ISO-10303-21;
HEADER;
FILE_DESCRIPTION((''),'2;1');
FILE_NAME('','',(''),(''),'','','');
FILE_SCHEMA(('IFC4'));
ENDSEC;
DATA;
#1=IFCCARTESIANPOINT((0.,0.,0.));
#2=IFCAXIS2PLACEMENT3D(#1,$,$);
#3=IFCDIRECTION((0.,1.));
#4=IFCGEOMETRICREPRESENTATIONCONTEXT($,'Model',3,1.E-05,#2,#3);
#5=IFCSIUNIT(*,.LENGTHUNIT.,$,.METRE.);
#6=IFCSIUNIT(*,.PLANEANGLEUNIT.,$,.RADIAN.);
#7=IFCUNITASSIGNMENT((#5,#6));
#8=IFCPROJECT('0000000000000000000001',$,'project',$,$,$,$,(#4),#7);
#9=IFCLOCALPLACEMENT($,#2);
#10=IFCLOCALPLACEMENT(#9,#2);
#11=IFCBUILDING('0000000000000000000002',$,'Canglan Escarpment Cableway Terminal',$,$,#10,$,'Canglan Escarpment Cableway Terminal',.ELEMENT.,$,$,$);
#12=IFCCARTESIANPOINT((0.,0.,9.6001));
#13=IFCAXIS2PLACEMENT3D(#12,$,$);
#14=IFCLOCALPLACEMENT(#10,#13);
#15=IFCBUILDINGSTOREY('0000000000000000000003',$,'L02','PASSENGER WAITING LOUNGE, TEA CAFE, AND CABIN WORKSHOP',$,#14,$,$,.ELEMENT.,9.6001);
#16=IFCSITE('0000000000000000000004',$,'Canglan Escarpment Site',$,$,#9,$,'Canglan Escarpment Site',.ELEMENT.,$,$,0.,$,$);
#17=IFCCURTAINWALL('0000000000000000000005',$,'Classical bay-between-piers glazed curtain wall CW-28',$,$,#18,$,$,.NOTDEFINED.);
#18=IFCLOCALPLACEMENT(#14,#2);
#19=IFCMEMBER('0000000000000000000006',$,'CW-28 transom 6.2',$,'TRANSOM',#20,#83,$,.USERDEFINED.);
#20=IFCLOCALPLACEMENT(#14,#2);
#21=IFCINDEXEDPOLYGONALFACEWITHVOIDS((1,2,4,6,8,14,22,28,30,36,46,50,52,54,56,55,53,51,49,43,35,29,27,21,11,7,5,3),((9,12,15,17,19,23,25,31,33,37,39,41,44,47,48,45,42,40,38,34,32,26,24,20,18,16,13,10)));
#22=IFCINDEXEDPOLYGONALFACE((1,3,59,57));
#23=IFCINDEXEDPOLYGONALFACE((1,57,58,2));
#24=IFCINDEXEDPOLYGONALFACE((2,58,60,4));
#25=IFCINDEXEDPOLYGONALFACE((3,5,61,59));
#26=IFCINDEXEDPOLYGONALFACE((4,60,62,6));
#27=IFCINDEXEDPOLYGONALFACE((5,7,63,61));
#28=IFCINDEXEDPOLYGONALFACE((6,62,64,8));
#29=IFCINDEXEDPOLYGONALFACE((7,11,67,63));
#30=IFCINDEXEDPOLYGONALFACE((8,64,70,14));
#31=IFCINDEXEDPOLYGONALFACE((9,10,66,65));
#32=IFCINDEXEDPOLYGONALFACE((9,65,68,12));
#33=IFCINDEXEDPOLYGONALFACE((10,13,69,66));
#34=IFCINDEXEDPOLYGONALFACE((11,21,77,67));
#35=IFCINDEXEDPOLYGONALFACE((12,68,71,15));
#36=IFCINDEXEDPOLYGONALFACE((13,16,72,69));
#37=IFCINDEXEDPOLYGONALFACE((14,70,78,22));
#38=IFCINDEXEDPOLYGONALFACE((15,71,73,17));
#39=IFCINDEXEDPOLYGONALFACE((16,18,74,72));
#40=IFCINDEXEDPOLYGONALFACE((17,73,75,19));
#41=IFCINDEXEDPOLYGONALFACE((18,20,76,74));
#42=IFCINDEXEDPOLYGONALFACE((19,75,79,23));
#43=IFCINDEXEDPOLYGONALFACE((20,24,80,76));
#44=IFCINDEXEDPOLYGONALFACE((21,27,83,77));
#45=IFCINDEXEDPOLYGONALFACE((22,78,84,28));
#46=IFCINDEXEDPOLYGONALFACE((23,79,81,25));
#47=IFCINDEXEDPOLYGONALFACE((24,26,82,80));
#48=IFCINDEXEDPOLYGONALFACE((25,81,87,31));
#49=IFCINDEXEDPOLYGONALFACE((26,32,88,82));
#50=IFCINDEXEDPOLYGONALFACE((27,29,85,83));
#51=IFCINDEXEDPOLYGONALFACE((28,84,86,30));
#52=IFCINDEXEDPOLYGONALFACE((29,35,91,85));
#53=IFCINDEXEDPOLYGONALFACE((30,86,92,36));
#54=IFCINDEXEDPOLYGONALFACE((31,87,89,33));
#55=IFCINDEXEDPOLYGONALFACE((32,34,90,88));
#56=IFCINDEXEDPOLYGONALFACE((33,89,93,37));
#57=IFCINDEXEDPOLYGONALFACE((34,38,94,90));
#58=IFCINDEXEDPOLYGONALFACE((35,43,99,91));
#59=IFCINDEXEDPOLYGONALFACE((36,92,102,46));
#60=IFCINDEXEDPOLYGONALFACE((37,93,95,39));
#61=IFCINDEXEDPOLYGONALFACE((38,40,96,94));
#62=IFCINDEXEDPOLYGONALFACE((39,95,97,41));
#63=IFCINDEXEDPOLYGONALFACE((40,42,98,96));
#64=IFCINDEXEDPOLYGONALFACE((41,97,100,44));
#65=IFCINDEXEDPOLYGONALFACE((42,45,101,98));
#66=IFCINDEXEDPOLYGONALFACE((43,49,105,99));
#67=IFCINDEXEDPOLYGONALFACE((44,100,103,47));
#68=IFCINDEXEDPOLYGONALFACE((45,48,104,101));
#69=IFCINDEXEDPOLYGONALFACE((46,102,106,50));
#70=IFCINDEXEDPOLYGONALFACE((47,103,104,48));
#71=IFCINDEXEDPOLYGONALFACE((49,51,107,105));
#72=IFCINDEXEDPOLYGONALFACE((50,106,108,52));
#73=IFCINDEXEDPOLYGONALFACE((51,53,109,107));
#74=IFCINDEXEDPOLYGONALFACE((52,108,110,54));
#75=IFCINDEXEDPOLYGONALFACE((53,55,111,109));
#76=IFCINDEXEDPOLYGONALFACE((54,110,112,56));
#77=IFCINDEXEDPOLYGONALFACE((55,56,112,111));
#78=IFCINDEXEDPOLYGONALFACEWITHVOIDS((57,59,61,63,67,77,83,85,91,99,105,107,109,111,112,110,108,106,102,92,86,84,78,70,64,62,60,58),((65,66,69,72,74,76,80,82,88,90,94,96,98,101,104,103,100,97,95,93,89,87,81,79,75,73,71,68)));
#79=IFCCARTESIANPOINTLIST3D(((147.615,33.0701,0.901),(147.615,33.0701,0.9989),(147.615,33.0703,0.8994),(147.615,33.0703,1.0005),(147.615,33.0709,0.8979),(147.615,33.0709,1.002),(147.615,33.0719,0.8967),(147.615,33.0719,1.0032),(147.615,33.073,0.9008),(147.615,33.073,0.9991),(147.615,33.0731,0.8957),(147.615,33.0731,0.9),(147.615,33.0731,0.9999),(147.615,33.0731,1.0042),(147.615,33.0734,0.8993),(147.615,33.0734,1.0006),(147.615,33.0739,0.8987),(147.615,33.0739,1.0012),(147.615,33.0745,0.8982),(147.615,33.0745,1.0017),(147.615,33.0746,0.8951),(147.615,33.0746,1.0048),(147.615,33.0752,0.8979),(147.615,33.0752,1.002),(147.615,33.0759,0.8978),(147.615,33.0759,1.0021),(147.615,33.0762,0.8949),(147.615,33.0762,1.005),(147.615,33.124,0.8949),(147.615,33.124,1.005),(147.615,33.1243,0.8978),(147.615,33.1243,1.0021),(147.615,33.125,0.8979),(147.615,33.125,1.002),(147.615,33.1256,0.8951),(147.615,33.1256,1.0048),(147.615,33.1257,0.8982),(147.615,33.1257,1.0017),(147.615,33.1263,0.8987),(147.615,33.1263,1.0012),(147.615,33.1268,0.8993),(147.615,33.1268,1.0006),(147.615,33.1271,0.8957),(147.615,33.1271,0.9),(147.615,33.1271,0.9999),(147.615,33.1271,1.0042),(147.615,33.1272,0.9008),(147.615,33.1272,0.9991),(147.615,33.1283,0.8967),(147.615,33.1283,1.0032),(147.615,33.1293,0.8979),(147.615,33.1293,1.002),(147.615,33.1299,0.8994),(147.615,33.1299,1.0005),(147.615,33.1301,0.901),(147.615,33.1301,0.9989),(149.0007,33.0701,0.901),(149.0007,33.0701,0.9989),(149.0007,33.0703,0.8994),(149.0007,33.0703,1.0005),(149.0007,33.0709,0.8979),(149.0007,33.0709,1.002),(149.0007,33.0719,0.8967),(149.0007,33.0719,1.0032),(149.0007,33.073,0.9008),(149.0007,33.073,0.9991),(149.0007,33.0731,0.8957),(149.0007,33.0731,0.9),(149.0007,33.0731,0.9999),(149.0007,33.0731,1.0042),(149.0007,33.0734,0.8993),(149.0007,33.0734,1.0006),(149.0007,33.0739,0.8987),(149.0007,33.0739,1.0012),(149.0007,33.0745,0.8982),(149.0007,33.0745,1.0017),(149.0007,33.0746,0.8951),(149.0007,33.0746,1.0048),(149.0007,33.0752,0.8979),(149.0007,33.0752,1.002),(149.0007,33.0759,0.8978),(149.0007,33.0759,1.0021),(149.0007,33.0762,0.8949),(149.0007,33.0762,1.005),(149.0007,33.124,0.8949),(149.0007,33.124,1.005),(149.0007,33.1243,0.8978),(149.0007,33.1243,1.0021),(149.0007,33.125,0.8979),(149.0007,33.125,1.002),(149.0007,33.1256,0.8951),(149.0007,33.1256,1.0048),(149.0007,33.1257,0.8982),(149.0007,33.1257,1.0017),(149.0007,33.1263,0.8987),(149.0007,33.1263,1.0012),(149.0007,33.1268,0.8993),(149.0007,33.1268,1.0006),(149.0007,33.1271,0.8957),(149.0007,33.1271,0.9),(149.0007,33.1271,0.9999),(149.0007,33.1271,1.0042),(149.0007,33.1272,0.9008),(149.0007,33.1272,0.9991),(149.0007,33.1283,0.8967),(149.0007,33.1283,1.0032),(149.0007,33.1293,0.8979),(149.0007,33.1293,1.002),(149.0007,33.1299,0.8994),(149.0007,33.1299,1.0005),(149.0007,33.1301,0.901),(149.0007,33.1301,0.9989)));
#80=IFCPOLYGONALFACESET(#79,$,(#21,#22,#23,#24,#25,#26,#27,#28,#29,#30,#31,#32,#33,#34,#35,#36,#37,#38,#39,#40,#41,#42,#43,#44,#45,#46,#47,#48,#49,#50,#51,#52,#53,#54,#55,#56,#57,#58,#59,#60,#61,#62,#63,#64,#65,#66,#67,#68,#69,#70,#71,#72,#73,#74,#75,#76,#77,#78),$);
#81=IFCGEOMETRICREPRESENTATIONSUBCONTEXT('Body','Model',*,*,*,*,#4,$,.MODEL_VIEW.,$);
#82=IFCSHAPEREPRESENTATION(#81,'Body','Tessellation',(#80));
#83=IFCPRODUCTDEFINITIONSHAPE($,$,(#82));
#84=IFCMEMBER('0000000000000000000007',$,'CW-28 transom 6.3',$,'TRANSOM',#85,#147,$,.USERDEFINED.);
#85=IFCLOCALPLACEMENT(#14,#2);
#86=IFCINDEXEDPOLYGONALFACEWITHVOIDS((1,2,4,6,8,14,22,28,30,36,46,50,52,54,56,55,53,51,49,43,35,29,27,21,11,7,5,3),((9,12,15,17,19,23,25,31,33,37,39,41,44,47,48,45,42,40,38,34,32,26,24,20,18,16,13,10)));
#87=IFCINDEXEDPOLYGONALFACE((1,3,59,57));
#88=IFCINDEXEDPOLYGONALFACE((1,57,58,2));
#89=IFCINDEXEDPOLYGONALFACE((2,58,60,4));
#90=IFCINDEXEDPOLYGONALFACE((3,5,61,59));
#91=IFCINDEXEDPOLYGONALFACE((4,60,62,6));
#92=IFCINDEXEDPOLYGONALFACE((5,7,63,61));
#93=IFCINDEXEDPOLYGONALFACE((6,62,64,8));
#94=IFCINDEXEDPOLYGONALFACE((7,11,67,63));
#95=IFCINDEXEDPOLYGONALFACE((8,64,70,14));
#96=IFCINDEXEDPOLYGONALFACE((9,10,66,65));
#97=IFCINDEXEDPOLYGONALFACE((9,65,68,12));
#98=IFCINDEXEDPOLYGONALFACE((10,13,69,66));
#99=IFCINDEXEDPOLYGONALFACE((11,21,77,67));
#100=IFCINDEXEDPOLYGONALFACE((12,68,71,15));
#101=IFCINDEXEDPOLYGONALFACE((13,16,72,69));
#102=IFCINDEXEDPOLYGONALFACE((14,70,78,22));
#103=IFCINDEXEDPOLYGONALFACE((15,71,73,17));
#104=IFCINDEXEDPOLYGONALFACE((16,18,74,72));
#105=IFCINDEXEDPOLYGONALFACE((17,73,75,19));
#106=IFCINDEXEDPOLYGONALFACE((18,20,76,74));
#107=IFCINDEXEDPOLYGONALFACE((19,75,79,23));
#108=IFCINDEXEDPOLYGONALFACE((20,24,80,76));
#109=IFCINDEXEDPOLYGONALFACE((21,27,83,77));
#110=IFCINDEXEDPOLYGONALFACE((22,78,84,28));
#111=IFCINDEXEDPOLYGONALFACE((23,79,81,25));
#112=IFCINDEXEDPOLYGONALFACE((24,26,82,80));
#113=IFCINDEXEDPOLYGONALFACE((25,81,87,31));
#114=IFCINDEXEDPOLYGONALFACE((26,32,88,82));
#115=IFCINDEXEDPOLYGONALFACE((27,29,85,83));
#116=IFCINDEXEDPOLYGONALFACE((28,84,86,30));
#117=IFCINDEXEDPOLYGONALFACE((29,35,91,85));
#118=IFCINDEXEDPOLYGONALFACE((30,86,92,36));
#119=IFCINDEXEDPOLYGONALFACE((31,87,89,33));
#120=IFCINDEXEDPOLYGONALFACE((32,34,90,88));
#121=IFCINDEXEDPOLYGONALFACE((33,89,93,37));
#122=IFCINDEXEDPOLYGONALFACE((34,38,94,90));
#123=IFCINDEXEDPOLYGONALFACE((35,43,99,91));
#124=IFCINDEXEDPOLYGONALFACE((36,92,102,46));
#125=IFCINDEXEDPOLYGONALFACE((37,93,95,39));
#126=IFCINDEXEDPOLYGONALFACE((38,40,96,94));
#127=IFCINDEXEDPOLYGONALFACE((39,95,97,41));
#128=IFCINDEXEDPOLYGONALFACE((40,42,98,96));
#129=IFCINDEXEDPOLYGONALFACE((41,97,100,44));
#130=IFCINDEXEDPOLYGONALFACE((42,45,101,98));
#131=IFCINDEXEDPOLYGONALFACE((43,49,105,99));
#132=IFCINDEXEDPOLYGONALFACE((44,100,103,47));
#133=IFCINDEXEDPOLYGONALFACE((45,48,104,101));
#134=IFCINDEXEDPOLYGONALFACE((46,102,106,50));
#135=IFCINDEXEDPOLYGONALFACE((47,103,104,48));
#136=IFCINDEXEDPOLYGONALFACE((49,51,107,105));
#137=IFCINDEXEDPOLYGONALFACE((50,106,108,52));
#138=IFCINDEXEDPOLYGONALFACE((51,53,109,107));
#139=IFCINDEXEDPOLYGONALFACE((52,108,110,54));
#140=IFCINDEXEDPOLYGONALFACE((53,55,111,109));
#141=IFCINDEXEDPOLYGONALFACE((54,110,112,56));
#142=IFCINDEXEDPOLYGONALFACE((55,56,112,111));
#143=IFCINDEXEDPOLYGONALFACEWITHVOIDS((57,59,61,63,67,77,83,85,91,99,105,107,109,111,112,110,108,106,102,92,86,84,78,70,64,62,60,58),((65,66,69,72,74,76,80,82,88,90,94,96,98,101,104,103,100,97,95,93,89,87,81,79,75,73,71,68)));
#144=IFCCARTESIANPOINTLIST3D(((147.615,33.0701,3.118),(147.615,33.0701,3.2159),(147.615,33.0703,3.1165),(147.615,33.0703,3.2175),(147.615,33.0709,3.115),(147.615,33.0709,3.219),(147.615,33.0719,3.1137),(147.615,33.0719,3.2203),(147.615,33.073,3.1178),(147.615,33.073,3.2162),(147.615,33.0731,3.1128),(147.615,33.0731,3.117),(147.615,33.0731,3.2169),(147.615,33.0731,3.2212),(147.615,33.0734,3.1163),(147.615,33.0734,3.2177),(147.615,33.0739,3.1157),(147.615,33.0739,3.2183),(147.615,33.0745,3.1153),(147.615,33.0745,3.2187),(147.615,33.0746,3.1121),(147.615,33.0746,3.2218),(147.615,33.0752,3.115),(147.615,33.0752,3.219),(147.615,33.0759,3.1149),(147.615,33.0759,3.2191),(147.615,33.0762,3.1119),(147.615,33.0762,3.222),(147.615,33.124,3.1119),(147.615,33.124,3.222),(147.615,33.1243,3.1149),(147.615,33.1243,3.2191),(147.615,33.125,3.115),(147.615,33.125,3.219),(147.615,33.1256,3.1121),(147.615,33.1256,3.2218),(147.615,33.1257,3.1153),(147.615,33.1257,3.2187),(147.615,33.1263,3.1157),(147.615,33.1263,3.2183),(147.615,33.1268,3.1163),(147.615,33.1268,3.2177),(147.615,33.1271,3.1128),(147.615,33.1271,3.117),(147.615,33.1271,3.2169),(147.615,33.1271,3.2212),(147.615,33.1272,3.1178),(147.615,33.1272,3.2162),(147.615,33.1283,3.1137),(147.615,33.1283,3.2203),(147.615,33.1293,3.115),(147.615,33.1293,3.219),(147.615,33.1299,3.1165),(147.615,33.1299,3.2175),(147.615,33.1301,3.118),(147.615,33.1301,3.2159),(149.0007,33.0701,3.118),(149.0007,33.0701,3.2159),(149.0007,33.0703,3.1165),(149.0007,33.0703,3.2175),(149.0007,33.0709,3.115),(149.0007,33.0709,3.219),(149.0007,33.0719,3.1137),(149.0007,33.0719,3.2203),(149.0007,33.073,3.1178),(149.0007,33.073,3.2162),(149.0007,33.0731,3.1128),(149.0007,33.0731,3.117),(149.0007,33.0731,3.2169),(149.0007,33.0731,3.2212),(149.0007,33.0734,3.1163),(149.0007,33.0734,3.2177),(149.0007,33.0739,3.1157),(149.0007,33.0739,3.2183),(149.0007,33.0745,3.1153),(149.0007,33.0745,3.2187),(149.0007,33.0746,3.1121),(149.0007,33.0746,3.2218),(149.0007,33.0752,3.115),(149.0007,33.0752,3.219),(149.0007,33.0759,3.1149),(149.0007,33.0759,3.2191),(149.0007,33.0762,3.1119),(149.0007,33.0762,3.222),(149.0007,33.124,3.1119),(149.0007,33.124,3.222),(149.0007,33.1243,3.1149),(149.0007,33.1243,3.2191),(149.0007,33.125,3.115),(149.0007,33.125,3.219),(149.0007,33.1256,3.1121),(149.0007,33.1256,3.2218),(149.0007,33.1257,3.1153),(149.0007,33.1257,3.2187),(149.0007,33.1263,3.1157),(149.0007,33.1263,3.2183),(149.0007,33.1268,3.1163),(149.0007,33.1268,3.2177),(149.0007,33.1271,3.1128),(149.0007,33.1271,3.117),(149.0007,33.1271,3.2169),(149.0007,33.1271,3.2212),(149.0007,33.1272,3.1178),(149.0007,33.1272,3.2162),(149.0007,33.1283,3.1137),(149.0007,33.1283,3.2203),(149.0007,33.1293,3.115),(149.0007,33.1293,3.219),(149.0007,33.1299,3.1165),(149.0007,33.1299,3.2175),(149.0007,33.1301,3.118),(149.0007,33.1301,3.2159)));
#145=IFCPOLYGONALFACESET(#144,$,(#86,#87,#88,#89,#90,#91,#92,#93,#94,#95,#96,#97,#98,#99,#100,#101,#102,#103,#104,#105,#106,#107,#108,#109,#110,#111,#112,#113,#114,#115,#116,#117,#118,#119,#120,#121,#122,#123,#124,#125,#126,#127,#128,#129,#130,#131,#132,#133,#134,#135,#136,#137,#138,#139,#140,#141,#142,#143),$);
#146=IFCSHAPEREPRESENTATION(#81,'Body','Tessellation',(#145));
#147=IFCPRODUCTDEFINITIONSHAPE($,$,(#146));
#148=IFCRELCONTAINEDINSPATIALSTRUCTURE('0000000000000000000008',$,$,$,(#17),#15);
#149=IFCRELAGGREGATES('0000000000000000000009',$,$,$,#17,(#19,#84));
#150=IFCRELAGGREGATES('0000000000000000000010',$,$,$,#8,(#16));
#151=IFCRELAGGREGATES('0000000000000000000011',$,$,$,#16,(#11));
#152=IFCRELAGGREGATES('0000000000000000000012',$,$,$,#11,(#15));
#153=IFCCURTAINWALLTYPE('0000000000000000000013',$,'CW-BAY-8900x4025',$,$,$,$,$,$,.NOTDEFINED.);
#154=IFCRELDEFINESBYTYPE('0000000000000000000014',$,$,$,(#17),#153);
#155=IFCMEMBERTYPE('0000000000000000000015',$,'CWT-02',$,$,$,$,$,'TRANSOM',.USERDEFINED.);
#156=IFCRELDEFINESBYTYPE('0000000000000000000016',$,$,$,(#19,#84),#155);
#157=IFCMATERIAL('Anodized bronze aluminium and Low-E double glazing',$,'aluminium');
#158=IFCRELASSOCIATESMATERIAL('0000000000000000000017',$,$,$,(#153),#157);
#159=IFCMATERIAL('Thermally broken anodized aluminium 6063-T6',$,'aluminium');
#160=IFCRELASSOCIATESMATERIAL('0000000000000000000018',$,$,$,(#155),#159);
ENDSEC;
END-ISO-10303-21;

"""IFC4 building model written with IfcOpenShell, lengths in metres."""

from ifc_helpers import new_model, si_unit, direction, frame, origin, origin_2d, place, context, subcontext, project, spatial, hollow_rectangle, extrude, material, material_profile, profile_set, type_object, element, aggregate, save


model = new_model("IFC4")

# Units and contexts
model_context = context("Model", 3, precision=1e-05, world=origin(), true_north=direction((0.0, 1.0)))
body_context = subcontext(model_context, "Body", "Model", "MODEL_VIEW")
ifc_project = project(units=[si_unit("LENGTHUNIT", "METRE"), si_unit("PLANEANGLEUNIT", "RADIAN")], contexts=[model_context])

# Site, building, storey
site_placement = place(None, origin())
site = spatial("IfcSite", under=ifc_project, at=site_placement, Name="Canglan Escarpment Site", LongName="Canglan Escarpment Site", CompositionType="ELEMENT", RefElevation=0.0)
building_placement = place(site_placement, origin())
building = spatial("IfcBuilding", under=site, at=building_placement, Name="Canglan Escarpment Cableway Terminal", LongName="Canglan Escarpment Cableway Terminal", CompositionType="ELEMENT")
storey_placement = place(building_placement, frame((0.0, 0.0, 9.6001)))
storey = spatial("IfcBuildingStorey", under=building, at=storey_placement, Name="L02", Description="PASSENGER WAITING LOUNGE, TEA CAFE, AND CABIN WORKSHOP", CompositionType="ELEMENT", Elevation=9.6001)

# Curtain wall, members
ifc_material_1 = material(Name="Anodized bronze aluminium and Low-E double glazing", Category="aluminium")
curtain_wall_type = type_object("IfcCurtainWallType", Name="CW-BAY-8900x4025", PredefinedType="NOTDEFINED", material=ifc_material_1)
curtain_wall_placement = place(storey_placement, origin())
curtain_wall = element("IfcCurtainWall", 1, at=curtain_wall_placement, inside=storey, type_object=curtain_wall_type, Name="Classical bay-between-piers glazed curtain wall CW-28", PredefinedType="NOTDEFINED")
ifc_material_2 = material(Name="Thermally broken anodized aluminium 6063-T6", Category="aluminium")
ifc_material_profile_1 = material_profile(ifc_material_2, hollow_rectangle(XDim=0.0601, YDim=0.1101, WallThickness=0.0029, InnerFilletRadius=0.0029, OuterFilletRadius=0.0061, at=origin_2d()), Name="ALU-TRAN 60x110x3")
ifc_profile_set_1 = profile_set([ifc_material_profile_1], Name="Thermally broken anodized aluminium 6063-T6")
member_type_1 = type_object("IfcMemberType", Name="CWT-02", ElementType="TRANSOM", PredefinedType="USERDEFINED", material=ifc_profile_set_1)
member_1_placement = place(storey_placement, frame((149.0007, 33.1001, 0.95), z_axis=(-1.0, 0.0, 0.0), x_axis=(0.0, -1.0, 0.0)))
member_1 = element("IfcMember", 2, at=member_1_placement, type_object=member_type_1, Name="CW-28 transom 6.2", ObjectType="TRANSOM", PredefinedType="USERDEFINED", context=body_context, shape_type="SweptSolid", body=[
    extrude(hollow_rectangle(XDim=0.0601, YDim=0.1101, WallThickness=0.0029, InnerFilletRadius=0.0029, OuterFilletRadius=0.0061, at=origin_2d()), origin(), (0.0, 0.0, 1.0), 1.3857),
])
member_2_placement = place(storey_placement, frame((149.0007, 33.1001, 3.167), z_axis=(-1.0, 0.0, 0.0), x_axis=(0.0, -1.0, 0.0)))
member_2 = element("IfcMember", 3, at=member_2_placement, type_object=member_type_1, Name="CW-28 transom 6.3", ObjectType="TRANSOM", PredefinedType="USERDEFINED", context=body_context, shape_type="SweptSolid", body=[
    extrude(hollow_rectangle(XDim=0.0601, YDim=0.1101, WallThickness=0.0029, InnerFilletRadius=0.0029, OuterFilletRadius=0.0061, at=origin_2d()), origin(), (0.0, 0.0, 1.0), 1.3857),
])
aggregate(curtain_wall, [member_1, member_2])

save(model, "model.ifc")
